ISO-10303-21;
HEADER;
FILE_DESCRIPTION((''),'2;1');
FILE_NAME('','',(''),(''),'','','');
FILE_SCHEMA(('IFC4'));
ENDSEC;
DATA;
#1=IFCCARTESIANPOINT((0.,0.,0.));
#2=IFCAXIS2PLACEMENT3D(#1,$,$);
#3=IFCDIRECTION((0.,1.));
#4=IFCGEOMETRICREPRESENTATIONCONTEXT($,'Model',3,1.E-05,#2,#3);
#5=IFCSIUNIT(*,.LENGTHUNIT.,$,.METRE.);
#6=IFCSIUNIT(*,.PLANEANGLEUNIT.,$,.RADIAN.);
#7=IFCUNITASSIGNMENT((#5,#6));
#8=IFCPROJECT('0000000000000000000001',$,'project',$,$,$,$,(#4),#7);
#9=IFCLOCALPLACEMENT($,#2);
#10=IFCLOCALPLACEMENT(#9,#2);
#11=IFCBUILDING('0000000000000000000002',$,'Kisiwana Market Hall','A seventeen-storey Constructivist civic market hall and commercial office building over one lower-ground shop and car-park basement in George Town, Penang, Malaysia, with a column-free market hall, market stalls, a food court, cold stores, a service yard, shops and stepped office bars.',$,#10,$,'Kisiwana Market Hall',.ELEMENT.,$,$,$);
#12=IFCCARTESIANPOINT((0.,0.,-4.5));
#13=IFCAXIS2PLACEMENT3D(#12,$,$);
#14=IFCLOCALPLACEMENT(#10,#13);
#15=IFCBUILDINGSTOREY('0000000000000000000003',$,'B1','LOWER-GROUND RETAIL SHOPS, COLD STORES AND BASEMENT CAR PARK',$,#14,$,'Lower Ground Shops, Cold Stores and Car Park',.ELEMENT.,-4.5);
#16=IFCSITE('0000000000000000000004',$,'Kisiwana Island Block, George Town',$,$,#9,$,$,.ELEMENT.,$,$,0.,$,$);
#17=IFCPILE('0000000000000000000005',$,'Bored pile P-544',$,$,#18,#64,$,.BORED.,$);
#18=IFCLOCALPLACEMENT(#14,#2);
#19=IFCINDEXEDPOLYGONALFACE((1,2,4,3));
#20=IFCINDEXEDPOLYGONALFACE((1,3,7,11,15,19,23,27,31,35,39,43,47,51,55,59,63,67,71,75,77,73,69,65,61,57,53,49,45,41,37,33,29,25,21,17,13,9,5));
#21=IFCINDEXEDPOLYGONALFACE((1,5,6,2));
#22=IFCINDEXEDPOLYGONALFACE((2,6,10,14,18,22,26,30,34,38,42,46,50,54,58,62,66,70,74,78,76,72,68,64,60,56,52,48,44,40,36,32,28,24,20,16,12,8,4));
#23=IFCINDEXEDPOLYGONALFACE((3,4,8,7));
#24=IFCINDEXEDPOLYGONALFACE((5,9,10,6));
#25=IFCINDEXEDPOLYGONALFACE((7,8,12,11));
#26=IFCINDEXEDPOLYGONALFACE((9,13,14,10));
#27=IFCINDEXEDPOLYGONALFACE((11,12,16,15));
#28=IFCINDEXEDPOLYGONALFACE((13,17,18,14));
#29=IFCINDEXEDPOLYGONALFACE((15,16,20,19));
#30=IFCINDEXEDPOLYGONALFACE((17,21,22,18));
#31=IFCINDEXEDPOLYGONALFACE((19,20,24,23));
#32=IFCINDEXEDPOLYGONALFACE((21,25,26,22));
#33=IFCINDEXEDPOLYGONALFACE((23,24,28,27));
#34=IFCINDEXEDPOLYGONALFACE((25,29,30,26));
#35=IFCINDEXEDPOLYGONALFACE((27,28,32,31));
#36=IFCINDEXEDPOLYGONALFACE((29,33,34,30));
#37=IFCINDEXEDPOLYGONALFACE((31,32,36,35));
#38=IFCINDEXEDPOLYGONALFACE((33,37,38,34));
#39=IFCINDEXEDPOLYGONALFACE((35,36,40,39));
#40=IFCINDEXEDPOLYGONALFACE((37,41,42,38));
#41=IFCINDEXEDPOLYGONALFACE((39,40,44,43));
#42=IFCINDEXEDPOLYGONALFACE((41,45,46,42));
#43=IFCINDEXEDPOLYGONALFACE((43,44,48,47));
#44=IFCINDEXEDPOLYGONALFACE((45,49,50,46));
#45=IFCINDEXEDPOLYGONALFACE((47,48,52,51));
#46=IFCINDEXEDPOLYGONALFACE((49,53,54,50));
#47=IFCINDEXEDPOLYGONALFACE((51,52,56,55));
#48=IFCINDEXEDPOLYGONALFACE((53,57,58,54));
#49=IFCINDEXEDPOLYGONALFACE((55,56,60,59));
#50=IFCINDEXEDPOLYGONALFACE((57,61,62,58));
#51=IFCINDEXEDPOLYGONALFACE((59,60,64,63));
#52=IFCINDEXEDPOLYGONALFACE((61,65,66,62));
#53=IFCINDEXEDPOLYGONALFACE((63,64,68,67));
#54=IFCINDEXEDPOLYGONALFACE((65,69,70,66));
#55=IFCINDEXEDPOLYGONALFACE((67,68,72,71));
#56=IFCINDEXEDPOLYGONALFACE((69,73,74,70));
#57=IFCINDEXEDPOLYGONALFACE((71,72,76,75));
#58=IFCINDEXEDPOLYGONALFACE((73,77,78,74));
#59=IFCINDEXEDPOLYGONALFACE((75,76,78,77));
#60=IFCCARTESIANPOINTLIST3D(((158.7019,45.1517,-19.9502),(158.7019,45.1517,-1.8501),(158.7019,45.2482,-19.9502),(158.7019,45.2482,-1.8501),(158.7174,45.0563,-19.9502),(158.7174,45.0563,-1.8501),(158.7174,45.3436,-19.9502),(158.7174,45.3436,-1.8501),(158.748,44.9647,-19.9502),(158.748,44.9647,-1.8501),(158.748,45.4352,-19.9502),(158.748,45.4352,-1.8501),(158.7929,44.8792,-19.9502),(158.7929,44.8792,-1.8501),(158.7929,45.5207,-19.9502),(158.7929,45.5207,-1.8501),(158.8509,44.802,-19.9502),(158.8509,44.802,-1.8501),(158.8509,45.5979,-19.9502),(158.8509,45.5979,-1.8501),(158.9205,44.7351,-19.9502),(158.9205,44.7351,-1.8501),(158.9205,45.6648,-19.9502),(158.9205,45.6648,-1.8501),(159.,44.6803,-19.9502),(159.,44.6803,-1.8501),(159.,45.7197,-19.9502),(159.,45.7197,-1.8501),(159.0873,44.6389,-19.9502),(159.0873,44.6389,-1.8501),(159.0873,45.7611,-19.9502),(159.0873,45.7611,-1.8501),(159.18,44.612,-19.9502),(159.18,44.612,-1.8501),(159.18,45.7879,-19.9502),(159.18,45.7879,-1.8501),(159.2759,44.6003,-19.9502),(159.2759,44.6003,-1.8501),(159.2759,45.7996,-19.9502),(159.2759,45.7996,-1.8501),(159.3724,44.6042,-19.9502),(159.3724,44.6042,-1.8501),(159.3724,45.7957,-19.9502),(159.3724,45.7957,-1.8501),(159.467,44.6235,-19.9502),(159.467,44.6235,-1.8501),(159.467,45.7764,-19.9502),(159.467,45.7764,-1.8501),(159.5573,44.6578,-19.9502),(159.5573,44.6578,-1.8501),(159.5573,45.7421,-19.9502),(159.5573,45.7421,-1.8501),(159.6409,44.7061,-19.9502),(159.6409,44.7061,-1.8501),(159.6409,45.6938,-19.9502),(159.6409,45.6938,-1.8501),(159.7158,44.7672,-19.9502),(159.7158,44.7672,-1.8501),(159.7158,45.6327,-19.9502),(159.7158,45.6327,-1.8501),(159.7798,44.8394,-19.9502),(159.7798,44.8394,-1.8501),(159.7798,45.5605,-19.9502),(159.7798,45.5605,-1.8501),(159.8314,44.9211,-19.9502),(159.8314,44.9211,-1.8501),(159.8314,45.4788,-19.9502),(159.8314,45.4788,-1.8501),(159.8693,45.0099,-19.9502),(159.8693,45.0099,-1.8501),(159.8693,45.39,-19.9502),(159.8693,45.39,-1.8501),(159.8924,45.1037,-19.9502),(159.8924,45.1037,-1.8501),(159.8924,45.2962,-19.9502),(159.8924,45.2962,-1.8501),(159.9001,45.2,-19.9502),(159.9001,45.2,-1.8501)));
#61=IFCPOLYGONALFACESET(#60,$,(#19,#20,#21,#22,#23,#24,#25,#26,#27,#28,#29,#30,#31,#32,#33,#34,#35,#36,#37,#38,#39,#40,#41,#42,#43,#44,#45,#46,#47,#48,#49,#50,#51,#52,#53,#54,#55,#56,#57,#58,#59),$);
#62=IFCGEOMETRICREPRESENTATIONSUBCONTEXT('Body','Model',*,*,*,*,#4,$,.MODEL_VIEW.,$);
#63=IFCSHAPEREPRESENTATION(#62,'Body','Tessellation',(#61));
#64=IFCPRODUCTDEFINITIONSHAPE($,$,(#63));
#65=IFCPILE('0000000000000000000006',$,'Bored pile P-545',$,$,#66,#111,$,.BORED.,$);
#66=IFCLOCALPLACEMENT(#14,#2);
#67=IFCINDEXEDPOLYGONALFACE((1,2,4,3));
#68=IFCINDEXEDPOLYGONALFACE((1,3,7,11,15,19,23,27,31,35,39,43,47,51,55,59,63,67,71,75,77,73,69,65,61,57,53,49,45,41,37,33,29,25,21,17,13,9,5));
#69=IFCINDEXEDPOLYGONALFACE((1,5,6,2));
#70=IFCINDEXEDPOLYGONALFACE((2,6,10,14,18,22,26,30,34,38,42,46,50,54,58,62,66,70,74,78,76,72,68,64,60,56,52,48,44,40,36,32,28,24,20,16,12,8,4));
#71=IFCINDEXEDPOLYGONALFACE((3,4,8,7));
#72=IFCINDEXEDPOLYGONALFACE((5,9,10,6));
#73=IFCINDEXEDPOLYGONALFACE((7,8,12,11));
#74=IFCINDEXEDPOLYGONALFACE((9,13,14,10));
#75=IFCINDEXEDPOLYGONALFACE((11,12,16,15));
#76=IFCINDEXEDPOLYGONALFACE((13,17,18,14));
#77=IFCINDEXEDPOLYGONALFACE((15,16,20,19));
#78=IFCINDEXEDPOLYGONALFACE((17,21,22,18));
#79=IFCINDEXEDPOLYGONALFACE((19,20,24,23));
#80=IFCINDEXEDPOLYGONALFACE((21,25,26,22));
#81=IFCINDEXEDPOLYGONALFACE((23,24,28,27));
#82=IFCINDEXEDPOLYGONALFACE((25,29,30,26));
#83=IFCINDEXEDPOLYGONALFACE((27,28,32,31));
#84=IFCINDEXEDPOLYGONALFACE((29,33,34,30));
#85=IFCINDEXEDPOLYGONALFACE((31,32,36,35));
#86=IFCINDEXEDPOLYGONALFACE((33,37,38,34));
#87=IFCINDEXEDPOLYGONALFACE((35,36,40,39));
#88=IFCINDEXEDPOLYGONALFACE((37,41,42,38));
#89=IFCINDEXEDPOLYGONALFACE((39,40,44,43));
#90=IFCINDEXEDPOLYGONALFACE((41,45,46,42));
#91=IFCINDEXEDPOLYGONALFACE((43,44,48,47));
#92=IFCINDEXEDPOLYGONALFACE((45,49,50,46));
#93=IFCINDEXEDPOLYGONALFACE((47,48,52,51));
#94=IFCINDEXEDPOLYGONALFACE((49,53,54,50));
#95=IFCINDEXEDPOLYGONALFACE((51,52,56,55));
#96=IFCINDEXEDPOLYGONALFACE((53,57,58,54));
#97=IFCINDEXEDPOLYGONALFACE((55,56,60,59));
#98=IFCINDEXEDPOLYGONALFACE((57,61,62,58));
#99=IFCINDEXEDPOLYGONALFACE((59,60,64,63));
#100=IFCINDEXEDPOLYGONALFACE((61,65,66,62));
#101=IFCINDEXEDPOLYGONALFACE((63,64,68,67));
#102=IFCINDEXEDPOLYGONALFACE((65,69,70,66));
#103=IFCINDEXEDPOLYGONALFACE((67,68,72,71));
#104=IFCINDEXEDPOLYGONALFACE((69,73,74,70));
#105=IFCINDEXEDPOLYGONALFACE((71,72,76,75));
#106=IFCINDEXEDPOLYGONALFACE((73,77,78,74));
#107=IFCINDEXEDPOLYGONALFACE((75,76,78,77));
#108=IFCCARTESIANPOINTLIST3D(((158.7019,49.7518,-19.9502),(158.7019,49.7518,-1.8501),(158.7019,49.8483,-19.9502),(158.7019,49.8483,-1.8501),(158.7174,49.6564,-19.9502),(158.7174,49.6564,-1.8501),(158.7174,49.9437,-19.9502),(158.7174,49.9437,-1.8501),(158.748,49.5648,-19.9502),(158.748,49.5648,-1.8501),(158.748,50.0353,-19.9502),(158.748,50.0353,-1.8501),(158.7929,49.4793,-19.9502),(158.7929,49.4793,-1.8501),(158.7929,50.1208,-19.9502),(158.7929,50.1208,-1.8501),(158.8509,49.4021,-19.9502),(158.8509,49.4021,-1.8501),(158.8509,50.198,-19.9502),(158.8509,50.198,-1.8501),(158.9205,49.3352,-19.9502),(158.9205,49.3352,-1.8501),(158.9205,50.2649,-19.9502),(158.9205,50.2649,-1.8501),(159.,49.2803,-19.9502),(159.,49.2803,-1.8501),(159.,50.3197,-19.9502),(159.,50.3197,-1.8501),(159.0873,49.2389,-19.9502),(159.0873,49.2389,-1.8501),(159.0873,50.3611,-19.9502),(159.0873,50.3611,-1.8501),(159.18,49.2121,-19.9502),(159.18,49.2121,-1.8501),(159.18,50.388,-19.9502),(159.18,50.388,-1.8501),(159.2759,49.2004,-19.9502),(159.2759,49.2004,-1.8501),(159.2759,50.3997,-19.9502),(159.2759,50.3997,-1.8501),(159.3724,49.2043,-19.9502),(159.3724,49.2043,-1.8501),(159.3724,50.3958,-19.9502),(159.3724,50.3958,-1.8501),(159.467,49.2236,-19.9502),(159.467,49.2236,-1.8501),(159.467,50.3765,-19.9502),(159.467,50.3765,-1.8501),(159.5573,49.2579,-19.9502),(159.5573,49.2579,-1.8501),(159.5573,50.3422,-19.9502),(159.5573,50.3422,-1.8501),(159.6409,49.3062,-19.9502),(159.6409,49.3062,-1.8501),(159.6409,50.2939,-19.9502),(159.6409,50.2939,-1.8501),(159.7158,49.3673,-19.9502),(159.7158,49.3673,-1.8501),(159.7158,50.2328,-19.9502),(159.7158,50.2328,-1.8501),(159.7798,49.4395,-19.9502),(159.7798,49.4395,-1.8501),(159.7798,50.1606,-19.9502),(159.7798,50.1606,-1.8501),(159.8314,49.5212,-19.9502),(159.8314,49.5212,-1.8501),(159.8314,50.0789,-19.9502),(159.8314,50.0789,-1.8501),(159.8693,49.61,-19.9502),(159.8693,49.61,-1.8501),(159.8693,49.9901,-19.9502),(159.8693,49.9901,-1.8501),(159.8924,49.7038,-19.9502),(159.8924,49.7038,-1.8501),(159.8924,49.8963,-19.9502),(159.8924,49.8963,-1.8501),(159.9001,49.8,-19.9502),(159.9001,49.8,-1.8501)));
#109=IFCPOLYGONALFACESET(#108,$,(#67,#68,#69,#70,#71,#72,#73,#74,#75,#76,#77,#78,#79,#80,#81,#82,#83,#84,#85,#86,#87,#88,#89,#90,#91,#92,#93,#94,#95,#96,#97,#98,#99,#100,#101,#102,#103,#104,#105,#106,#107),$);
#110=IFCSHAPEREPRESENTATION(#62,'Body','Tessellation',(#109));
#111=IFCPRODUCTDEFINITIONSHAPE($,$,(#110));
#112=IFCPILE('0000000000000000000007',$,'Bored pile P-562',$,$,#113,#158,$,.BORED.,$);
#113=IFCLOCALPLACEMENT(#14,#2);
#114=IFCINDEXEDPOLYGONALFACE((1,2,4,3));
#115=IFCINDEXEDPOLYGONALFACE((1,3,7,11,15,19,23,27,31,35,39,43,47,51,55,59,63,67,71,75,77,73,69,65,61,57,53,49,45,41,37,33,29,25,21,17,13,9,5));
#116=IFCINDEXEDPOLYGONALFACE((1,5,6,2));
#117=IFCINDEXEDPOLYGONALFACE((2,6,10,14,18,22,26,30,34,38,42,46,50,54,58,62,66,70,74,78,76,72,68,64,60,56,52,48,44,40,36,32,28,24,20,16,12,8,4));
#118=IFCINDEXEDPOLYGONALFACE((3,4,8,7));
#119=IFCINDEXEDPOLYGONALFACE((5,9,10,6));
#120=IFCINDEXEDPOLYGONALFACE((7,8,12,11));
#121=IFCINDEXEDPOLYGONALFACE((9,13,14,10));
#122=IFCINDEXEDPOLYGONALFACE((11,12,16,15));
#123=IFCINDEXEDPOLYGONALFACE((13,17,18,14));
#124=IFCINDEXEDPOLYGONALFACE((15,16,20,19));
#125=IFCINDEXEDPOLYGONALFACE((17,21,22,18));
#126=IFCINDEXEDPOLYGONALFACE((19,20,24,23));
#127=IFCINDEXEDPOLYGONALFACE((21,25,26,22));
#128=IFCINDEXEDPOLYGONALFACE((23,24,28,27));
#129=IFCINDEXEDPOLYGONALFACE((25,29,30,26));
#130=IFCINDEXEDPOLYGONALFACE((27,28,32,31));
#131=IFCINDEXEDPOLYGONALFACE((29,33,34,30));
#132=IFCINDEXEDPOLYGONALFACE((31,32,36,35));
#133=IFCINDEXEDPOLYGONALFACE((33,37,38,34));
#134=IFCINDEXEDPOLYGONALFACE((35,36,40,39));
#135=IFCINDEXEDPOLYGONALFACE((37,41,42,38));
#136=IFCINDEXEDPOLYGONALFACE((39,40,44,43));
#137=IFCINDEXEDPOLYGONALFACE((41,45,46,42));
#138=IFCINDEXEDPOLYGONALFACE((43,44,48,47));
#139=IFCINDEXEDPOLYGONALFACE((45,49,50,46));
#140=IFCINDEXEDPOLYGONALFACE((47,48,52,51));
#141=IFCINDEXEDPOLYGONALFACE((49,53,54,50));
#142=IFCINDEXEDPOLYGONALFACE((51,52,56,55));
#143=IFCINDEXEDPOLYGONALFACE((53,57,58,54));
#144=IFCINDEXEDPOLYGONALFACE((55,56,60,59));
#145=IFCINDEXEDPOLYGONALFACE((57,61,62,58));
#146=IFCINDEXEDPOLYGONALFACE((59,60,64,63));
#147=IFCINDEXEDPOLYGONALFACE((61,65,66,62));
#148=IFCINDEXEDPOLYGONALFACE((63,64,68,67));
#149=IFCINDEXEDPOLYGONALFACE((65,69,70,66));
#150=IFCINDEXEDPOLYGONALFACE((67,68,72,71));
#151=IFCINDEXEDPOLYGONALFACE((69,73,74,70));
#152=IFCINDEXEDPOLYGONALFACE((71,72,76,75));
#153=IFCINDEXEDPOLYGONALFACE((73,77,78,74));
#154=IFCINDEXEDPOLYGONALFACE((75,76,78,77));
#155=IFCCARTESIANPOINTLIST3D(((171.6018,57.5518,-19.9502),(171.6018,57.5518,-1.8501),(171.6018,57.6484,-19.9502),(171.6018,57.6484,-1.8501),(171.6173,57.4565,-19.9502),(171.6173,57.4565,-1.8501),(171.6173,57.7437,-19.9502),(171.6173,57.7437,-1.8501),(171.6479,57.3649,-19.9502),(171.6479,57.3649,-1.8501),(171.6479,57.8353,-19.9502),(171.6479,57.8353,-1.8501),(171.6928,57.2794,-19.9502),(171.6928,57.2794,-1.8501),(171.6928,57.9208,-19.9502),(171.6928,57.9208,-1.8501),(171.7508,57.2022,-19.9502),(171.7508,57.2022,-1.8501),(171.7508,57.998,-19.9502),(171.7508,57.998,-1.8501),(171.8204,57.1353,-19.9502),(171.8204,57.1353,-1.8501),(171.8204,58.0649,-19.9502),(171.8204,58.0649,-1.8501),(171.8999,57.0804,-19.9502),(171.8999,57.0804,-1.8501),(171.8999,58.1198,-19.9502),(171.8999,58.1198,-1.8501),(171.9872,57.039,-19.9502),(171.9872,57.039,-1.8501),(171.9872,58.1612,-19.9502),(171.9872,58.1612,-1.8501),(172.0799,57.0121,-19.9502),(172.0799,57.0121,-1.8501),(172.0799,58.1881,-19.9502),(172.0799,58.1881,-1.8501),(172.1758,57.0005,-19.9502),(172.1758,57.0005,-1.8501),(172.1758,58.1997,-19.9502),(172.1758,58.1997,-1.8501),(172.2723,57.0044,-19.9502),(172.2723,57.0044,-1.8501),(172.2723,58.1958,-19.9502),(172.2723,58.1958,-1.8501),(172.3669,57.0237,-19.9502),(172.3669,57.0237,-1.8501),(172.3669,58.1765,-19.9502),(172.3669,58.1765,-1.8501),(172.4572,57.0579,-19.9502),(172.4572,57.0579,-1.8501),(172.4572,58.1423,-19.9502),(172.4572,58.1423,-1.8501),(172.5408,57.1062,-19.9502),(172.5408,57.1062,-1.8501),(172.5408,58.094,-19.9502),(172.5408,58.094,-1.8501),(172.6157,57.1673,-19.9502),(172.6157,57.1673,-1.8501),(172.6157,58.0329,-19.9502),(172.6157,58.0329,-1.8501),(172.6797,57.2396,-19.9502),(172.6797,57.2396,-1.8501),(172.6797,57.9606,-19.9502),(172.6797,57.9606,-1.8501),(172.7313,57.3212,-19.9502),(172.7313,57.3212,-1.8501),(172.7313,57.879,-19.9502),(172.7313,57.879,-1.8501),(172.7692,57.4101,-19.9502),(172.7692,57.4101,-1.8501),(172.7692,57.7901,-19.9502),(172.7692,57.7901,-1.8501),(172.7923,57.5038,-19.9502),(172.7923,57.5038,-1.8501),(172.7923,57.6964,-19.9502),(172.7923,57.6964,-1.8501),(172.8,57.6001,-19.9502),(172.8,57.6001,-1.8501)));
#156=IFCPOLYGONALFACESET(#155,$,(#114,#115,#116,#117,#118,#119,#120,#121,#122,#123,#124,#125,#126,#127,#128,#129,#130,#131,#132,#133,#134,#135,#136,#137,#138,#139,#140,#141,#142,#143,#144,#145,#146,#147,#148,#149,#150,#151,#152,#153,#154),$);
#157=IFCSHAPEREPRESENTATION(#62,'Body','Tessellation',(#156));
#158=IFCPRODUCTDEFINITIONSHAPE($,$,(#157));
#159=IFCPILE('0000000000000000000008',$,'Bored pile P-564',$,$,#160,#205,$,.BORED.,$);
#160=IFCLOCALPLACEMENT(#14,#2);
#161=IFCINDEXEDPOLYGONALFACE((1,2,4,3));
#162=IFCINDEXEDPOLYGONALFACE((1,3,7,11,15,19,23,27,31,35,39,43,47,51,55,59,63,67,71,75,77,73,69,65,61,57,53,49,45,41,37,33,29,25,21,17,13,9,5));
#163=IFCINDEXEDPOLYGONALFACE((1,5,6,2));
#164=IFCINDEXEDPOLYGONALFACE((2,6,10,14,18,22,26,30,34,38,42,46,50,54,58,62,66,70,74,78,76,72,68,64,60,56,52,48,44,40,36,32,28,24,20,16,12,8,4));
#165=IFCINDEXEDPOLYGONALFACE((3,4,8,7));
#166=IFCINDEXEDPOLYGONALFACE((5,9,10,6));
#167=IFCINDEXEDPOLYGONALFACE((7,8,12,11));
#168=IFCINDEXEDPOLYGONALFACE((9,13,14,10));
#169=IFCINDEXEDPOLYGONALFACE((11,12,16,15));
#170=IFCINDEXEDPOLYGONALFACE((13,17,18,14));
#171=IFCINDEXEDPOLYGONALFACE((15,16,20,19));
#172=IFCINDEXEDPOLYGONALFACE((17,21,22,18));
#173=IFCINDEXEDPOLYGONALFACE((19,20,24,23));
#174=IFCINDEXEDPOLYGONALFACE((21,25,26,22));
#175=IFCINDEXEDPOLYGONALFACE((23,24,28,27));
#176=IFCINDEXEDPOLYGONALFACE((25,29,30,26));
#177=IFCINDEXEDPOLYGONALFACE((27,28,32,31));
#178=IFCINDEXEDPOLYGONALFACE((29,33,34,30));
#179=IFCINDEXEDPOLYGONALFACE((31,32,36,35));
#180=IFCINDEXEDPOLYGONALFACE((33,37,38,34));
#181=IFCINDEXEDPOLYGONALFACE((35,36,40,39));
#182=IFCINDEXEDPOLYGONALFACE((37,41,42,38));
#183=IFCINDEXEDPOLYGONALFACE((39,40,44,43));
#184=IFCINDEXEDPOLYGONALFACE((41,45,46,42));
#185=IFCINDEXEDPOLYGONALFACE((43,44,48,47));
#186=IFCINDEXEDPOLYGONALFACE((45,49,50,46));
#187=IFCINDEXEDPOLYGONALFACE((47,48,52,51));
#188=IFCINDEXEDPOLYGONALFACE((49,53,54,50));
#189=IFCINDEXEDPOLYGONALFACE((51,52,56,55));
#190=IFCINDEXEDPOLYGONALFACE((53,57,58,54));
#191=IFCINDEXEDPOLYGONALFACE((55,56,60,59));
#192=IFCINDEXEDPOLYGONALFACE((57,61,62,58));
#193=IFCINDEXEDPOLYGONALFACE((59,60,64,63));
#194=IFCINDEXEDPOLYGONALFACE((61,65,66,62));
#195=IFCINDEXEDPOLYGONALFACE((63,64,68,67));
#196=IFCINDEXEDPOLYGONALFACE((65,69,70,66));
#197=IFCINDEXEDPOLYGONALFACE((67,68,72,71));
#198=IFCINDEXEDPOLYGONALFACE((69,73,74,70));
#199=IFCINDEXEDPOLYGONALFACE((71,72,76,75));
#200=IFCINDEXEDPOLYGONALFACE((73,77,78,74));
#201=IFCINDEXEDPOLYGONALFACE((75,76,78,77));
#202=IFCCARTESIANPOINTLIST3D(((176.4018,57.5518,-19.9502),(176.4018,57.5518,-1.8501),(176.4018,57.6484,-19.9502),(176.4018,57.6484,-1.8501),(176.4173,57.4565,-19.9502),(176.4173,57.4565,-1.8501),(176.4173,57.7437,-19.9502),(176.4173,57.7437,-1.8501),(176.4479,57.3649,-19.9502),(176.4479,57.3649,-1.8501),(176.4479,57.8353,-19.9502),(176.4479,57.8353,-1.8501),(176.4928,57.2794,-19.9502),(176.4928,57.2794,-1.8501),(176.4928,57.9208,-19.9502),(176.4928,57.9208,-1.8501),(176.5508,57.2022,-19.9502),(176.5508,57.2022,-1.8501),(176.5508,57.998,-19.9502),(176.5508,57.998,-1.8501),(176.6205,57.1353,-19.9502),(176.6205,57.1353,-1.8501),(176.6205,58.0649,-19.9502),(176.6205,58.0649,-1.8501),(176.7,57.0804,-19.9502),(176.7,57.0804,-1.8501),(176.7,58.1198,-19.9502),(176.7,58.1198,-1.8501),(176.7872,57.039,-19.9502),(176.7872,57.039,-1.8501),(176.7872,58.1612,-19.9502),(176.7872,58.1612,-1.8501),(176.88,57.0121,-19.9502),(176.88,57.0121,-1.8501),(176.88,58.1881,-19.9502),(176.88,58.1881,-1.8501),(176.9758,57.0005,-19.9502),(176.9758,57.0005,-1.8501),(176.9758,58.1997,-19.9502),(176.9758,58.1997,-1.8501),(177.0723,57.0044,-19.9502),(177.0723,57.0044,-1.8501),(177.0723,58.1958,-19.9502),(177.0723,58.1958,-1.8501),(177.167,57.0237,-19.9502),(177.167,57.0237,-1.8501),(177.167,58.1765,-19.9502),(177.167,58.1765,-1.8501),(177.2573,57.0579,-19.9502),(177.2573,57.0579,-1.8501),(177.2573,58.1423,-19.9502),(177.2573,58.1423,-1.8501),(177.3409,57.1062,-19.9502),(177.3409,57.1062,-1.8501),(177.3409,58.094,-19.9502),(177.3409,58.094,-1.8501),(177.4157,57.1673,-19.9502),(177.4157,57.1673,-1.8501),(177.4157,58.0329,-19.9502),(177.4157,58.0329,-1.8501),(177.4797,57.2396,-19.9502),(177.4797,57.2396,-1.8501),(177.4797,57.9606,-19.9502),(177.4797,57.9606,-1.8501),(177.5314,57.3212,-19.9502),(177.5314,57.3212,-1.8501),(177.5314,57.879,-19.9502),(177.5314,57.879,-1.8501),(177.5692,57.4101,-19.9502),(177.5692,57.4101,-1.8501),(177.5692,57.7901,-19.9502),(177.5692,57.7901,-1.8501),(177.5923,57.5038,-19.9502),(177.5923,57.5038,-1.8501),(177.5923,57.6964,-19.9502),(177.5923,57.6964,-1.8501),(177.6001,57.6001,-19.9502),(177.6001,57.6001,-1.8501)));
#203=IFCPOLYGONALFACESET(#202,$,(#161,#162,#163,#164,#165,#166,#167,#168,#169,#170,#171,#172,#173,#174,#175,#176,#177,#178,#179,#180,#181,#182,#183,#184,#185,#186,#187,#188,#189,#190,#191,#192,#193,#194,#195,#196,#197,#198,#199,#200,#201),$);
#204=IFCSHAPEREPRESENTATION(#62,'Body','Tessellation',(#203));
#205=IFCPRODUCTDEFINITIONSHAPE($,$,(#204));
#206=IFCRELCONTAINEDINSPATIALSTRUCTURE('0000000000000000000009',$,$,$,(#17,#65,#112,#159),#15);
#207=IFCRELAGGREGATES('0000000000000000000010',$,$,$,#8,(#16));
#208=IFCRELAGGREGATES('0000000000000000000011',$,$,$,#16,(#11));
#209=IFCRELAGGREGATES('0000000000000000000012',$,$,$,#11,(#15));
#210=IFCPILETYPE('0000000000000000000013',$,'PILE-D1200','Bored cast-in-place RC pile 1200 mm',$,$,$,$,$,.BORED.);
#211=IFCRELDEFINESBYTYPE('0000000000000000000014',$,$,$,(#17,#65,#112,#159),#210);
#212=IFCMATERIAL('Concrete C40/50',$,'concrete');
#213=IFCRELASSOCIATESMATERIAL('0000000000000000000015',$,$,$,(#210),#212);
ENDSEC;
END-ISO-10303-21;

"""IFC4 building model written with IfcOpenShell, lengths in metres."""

from ifc_helpers import new_model, si_unit, direction, frame, origin, origin_2d, place, context, subcontext, project, spatial, circle, extrude, material, material_profile, profile_set, type_object, element, save


model = new_model("IFC4")

# Units and contexts
model_context = context("Model", 3, precision=1e-05, world=origin(), true_north=direction((0.0, 1.0)))
body_context = subcontext(model_context, "Body", "Model", "MODEL_VIEW")
ifc_project = project(units=[si_unit("LENGTHUNIT", "METRE"), si_unit("PLANEANGLEUNIT", "RADIAN")], contexts=[model_context])

# Site, building, storey
site_placement = place(None, origin())
site = spatial("IfcSite", under=ifc_project, at=site_placement, Name="Kisiwana Island Block, George Town", CompositionType="ELEMENT", RefElevation=0.0)
building_placement = place(site_placement, origin())
building = spatial("IfcBuilding", under=site, at=building_placement, Name="Kisiwana Market Hall", Description="A seventeen-storey Constructivist civic market hall and commercial office building over one lower-ground shop and car-park basement in George Town, Penang, Malaysia, with a column-free market hall, market stalls, a food court, cold stores, a service yard, shops and stepped office bars.", LongName="Kisiwana Market Hall", CompositionType="ELEMENT")
storey_placement = place(building_placement, frame((0.0, 0.0, -4.5)))
storey = spatial("IfcBuildingStorey", under=building, at=storey_placement, Name="B1", Description="LOWER-GROUND RETAIL SHOPS, COLD STORES AND BASEMENT CAR PARK", LongName="Lower Ground Shops, Cold Stores and Car Park", CompositionType="ELEMENT", Elevation=-4.5)

# Piles
ifc_material_1 = material(Name="Concrete C40/50", Category="concrete")
ifc_material_profile_1 = material_profile(ifc_material_1, circle(Radius=0.6001, at=origin_2d()), Name="BP D1200")
ifc_profile_set_1 = profile_set([ifc_material_profile_1], Name="Concrete C40/50")
pile_type_1 = type_object("IfcPileType", Name="PILE-D1200", Description="Bored cast-in-place RC pile 1200 mm", PredefinedType="BORED", material=ifc_profile_set_1)
for number, where, z_axis, x_axis, name in (
    (1, (159.3, 45.2, -1.8501), (0.0, 0.0, -1.0), (1.0, 0.0, 0.0), "Bored pile P-544"),
    (2, (159.3, 49.8, -1.8501), (0.0, 0.0, -1.0), (1.0, 0.0, 0.0), "Bored pile P-545"),
    (3, (172.2, 57.6001, -1.8501), (0.0, 0.0, -1.0), (1.0, 0.0, 0.0), "Bored pile P-562"),
    (4, (177.0, 57.6001, -1.8501), (0.0, 0.0, -1.0), (1.0, 0.0, 0.0), "Bored pile P-564"),
):
    element("IfcPile", number, at=place(storey_placement, frame(where, z_axis=z_axis, x_axis=x_axis)), inside=storey, type_object=pile_type_1, Name=name, PredefinedType="BORED", context=body_context, shape_type="SweptSolid", body=[
        extrude(circle(Radius=0.6001, at=origin_2d()), origin(), (0.0, 0.0, 1.0), 18.1001),
    ])

save(model, "model.ifc")
